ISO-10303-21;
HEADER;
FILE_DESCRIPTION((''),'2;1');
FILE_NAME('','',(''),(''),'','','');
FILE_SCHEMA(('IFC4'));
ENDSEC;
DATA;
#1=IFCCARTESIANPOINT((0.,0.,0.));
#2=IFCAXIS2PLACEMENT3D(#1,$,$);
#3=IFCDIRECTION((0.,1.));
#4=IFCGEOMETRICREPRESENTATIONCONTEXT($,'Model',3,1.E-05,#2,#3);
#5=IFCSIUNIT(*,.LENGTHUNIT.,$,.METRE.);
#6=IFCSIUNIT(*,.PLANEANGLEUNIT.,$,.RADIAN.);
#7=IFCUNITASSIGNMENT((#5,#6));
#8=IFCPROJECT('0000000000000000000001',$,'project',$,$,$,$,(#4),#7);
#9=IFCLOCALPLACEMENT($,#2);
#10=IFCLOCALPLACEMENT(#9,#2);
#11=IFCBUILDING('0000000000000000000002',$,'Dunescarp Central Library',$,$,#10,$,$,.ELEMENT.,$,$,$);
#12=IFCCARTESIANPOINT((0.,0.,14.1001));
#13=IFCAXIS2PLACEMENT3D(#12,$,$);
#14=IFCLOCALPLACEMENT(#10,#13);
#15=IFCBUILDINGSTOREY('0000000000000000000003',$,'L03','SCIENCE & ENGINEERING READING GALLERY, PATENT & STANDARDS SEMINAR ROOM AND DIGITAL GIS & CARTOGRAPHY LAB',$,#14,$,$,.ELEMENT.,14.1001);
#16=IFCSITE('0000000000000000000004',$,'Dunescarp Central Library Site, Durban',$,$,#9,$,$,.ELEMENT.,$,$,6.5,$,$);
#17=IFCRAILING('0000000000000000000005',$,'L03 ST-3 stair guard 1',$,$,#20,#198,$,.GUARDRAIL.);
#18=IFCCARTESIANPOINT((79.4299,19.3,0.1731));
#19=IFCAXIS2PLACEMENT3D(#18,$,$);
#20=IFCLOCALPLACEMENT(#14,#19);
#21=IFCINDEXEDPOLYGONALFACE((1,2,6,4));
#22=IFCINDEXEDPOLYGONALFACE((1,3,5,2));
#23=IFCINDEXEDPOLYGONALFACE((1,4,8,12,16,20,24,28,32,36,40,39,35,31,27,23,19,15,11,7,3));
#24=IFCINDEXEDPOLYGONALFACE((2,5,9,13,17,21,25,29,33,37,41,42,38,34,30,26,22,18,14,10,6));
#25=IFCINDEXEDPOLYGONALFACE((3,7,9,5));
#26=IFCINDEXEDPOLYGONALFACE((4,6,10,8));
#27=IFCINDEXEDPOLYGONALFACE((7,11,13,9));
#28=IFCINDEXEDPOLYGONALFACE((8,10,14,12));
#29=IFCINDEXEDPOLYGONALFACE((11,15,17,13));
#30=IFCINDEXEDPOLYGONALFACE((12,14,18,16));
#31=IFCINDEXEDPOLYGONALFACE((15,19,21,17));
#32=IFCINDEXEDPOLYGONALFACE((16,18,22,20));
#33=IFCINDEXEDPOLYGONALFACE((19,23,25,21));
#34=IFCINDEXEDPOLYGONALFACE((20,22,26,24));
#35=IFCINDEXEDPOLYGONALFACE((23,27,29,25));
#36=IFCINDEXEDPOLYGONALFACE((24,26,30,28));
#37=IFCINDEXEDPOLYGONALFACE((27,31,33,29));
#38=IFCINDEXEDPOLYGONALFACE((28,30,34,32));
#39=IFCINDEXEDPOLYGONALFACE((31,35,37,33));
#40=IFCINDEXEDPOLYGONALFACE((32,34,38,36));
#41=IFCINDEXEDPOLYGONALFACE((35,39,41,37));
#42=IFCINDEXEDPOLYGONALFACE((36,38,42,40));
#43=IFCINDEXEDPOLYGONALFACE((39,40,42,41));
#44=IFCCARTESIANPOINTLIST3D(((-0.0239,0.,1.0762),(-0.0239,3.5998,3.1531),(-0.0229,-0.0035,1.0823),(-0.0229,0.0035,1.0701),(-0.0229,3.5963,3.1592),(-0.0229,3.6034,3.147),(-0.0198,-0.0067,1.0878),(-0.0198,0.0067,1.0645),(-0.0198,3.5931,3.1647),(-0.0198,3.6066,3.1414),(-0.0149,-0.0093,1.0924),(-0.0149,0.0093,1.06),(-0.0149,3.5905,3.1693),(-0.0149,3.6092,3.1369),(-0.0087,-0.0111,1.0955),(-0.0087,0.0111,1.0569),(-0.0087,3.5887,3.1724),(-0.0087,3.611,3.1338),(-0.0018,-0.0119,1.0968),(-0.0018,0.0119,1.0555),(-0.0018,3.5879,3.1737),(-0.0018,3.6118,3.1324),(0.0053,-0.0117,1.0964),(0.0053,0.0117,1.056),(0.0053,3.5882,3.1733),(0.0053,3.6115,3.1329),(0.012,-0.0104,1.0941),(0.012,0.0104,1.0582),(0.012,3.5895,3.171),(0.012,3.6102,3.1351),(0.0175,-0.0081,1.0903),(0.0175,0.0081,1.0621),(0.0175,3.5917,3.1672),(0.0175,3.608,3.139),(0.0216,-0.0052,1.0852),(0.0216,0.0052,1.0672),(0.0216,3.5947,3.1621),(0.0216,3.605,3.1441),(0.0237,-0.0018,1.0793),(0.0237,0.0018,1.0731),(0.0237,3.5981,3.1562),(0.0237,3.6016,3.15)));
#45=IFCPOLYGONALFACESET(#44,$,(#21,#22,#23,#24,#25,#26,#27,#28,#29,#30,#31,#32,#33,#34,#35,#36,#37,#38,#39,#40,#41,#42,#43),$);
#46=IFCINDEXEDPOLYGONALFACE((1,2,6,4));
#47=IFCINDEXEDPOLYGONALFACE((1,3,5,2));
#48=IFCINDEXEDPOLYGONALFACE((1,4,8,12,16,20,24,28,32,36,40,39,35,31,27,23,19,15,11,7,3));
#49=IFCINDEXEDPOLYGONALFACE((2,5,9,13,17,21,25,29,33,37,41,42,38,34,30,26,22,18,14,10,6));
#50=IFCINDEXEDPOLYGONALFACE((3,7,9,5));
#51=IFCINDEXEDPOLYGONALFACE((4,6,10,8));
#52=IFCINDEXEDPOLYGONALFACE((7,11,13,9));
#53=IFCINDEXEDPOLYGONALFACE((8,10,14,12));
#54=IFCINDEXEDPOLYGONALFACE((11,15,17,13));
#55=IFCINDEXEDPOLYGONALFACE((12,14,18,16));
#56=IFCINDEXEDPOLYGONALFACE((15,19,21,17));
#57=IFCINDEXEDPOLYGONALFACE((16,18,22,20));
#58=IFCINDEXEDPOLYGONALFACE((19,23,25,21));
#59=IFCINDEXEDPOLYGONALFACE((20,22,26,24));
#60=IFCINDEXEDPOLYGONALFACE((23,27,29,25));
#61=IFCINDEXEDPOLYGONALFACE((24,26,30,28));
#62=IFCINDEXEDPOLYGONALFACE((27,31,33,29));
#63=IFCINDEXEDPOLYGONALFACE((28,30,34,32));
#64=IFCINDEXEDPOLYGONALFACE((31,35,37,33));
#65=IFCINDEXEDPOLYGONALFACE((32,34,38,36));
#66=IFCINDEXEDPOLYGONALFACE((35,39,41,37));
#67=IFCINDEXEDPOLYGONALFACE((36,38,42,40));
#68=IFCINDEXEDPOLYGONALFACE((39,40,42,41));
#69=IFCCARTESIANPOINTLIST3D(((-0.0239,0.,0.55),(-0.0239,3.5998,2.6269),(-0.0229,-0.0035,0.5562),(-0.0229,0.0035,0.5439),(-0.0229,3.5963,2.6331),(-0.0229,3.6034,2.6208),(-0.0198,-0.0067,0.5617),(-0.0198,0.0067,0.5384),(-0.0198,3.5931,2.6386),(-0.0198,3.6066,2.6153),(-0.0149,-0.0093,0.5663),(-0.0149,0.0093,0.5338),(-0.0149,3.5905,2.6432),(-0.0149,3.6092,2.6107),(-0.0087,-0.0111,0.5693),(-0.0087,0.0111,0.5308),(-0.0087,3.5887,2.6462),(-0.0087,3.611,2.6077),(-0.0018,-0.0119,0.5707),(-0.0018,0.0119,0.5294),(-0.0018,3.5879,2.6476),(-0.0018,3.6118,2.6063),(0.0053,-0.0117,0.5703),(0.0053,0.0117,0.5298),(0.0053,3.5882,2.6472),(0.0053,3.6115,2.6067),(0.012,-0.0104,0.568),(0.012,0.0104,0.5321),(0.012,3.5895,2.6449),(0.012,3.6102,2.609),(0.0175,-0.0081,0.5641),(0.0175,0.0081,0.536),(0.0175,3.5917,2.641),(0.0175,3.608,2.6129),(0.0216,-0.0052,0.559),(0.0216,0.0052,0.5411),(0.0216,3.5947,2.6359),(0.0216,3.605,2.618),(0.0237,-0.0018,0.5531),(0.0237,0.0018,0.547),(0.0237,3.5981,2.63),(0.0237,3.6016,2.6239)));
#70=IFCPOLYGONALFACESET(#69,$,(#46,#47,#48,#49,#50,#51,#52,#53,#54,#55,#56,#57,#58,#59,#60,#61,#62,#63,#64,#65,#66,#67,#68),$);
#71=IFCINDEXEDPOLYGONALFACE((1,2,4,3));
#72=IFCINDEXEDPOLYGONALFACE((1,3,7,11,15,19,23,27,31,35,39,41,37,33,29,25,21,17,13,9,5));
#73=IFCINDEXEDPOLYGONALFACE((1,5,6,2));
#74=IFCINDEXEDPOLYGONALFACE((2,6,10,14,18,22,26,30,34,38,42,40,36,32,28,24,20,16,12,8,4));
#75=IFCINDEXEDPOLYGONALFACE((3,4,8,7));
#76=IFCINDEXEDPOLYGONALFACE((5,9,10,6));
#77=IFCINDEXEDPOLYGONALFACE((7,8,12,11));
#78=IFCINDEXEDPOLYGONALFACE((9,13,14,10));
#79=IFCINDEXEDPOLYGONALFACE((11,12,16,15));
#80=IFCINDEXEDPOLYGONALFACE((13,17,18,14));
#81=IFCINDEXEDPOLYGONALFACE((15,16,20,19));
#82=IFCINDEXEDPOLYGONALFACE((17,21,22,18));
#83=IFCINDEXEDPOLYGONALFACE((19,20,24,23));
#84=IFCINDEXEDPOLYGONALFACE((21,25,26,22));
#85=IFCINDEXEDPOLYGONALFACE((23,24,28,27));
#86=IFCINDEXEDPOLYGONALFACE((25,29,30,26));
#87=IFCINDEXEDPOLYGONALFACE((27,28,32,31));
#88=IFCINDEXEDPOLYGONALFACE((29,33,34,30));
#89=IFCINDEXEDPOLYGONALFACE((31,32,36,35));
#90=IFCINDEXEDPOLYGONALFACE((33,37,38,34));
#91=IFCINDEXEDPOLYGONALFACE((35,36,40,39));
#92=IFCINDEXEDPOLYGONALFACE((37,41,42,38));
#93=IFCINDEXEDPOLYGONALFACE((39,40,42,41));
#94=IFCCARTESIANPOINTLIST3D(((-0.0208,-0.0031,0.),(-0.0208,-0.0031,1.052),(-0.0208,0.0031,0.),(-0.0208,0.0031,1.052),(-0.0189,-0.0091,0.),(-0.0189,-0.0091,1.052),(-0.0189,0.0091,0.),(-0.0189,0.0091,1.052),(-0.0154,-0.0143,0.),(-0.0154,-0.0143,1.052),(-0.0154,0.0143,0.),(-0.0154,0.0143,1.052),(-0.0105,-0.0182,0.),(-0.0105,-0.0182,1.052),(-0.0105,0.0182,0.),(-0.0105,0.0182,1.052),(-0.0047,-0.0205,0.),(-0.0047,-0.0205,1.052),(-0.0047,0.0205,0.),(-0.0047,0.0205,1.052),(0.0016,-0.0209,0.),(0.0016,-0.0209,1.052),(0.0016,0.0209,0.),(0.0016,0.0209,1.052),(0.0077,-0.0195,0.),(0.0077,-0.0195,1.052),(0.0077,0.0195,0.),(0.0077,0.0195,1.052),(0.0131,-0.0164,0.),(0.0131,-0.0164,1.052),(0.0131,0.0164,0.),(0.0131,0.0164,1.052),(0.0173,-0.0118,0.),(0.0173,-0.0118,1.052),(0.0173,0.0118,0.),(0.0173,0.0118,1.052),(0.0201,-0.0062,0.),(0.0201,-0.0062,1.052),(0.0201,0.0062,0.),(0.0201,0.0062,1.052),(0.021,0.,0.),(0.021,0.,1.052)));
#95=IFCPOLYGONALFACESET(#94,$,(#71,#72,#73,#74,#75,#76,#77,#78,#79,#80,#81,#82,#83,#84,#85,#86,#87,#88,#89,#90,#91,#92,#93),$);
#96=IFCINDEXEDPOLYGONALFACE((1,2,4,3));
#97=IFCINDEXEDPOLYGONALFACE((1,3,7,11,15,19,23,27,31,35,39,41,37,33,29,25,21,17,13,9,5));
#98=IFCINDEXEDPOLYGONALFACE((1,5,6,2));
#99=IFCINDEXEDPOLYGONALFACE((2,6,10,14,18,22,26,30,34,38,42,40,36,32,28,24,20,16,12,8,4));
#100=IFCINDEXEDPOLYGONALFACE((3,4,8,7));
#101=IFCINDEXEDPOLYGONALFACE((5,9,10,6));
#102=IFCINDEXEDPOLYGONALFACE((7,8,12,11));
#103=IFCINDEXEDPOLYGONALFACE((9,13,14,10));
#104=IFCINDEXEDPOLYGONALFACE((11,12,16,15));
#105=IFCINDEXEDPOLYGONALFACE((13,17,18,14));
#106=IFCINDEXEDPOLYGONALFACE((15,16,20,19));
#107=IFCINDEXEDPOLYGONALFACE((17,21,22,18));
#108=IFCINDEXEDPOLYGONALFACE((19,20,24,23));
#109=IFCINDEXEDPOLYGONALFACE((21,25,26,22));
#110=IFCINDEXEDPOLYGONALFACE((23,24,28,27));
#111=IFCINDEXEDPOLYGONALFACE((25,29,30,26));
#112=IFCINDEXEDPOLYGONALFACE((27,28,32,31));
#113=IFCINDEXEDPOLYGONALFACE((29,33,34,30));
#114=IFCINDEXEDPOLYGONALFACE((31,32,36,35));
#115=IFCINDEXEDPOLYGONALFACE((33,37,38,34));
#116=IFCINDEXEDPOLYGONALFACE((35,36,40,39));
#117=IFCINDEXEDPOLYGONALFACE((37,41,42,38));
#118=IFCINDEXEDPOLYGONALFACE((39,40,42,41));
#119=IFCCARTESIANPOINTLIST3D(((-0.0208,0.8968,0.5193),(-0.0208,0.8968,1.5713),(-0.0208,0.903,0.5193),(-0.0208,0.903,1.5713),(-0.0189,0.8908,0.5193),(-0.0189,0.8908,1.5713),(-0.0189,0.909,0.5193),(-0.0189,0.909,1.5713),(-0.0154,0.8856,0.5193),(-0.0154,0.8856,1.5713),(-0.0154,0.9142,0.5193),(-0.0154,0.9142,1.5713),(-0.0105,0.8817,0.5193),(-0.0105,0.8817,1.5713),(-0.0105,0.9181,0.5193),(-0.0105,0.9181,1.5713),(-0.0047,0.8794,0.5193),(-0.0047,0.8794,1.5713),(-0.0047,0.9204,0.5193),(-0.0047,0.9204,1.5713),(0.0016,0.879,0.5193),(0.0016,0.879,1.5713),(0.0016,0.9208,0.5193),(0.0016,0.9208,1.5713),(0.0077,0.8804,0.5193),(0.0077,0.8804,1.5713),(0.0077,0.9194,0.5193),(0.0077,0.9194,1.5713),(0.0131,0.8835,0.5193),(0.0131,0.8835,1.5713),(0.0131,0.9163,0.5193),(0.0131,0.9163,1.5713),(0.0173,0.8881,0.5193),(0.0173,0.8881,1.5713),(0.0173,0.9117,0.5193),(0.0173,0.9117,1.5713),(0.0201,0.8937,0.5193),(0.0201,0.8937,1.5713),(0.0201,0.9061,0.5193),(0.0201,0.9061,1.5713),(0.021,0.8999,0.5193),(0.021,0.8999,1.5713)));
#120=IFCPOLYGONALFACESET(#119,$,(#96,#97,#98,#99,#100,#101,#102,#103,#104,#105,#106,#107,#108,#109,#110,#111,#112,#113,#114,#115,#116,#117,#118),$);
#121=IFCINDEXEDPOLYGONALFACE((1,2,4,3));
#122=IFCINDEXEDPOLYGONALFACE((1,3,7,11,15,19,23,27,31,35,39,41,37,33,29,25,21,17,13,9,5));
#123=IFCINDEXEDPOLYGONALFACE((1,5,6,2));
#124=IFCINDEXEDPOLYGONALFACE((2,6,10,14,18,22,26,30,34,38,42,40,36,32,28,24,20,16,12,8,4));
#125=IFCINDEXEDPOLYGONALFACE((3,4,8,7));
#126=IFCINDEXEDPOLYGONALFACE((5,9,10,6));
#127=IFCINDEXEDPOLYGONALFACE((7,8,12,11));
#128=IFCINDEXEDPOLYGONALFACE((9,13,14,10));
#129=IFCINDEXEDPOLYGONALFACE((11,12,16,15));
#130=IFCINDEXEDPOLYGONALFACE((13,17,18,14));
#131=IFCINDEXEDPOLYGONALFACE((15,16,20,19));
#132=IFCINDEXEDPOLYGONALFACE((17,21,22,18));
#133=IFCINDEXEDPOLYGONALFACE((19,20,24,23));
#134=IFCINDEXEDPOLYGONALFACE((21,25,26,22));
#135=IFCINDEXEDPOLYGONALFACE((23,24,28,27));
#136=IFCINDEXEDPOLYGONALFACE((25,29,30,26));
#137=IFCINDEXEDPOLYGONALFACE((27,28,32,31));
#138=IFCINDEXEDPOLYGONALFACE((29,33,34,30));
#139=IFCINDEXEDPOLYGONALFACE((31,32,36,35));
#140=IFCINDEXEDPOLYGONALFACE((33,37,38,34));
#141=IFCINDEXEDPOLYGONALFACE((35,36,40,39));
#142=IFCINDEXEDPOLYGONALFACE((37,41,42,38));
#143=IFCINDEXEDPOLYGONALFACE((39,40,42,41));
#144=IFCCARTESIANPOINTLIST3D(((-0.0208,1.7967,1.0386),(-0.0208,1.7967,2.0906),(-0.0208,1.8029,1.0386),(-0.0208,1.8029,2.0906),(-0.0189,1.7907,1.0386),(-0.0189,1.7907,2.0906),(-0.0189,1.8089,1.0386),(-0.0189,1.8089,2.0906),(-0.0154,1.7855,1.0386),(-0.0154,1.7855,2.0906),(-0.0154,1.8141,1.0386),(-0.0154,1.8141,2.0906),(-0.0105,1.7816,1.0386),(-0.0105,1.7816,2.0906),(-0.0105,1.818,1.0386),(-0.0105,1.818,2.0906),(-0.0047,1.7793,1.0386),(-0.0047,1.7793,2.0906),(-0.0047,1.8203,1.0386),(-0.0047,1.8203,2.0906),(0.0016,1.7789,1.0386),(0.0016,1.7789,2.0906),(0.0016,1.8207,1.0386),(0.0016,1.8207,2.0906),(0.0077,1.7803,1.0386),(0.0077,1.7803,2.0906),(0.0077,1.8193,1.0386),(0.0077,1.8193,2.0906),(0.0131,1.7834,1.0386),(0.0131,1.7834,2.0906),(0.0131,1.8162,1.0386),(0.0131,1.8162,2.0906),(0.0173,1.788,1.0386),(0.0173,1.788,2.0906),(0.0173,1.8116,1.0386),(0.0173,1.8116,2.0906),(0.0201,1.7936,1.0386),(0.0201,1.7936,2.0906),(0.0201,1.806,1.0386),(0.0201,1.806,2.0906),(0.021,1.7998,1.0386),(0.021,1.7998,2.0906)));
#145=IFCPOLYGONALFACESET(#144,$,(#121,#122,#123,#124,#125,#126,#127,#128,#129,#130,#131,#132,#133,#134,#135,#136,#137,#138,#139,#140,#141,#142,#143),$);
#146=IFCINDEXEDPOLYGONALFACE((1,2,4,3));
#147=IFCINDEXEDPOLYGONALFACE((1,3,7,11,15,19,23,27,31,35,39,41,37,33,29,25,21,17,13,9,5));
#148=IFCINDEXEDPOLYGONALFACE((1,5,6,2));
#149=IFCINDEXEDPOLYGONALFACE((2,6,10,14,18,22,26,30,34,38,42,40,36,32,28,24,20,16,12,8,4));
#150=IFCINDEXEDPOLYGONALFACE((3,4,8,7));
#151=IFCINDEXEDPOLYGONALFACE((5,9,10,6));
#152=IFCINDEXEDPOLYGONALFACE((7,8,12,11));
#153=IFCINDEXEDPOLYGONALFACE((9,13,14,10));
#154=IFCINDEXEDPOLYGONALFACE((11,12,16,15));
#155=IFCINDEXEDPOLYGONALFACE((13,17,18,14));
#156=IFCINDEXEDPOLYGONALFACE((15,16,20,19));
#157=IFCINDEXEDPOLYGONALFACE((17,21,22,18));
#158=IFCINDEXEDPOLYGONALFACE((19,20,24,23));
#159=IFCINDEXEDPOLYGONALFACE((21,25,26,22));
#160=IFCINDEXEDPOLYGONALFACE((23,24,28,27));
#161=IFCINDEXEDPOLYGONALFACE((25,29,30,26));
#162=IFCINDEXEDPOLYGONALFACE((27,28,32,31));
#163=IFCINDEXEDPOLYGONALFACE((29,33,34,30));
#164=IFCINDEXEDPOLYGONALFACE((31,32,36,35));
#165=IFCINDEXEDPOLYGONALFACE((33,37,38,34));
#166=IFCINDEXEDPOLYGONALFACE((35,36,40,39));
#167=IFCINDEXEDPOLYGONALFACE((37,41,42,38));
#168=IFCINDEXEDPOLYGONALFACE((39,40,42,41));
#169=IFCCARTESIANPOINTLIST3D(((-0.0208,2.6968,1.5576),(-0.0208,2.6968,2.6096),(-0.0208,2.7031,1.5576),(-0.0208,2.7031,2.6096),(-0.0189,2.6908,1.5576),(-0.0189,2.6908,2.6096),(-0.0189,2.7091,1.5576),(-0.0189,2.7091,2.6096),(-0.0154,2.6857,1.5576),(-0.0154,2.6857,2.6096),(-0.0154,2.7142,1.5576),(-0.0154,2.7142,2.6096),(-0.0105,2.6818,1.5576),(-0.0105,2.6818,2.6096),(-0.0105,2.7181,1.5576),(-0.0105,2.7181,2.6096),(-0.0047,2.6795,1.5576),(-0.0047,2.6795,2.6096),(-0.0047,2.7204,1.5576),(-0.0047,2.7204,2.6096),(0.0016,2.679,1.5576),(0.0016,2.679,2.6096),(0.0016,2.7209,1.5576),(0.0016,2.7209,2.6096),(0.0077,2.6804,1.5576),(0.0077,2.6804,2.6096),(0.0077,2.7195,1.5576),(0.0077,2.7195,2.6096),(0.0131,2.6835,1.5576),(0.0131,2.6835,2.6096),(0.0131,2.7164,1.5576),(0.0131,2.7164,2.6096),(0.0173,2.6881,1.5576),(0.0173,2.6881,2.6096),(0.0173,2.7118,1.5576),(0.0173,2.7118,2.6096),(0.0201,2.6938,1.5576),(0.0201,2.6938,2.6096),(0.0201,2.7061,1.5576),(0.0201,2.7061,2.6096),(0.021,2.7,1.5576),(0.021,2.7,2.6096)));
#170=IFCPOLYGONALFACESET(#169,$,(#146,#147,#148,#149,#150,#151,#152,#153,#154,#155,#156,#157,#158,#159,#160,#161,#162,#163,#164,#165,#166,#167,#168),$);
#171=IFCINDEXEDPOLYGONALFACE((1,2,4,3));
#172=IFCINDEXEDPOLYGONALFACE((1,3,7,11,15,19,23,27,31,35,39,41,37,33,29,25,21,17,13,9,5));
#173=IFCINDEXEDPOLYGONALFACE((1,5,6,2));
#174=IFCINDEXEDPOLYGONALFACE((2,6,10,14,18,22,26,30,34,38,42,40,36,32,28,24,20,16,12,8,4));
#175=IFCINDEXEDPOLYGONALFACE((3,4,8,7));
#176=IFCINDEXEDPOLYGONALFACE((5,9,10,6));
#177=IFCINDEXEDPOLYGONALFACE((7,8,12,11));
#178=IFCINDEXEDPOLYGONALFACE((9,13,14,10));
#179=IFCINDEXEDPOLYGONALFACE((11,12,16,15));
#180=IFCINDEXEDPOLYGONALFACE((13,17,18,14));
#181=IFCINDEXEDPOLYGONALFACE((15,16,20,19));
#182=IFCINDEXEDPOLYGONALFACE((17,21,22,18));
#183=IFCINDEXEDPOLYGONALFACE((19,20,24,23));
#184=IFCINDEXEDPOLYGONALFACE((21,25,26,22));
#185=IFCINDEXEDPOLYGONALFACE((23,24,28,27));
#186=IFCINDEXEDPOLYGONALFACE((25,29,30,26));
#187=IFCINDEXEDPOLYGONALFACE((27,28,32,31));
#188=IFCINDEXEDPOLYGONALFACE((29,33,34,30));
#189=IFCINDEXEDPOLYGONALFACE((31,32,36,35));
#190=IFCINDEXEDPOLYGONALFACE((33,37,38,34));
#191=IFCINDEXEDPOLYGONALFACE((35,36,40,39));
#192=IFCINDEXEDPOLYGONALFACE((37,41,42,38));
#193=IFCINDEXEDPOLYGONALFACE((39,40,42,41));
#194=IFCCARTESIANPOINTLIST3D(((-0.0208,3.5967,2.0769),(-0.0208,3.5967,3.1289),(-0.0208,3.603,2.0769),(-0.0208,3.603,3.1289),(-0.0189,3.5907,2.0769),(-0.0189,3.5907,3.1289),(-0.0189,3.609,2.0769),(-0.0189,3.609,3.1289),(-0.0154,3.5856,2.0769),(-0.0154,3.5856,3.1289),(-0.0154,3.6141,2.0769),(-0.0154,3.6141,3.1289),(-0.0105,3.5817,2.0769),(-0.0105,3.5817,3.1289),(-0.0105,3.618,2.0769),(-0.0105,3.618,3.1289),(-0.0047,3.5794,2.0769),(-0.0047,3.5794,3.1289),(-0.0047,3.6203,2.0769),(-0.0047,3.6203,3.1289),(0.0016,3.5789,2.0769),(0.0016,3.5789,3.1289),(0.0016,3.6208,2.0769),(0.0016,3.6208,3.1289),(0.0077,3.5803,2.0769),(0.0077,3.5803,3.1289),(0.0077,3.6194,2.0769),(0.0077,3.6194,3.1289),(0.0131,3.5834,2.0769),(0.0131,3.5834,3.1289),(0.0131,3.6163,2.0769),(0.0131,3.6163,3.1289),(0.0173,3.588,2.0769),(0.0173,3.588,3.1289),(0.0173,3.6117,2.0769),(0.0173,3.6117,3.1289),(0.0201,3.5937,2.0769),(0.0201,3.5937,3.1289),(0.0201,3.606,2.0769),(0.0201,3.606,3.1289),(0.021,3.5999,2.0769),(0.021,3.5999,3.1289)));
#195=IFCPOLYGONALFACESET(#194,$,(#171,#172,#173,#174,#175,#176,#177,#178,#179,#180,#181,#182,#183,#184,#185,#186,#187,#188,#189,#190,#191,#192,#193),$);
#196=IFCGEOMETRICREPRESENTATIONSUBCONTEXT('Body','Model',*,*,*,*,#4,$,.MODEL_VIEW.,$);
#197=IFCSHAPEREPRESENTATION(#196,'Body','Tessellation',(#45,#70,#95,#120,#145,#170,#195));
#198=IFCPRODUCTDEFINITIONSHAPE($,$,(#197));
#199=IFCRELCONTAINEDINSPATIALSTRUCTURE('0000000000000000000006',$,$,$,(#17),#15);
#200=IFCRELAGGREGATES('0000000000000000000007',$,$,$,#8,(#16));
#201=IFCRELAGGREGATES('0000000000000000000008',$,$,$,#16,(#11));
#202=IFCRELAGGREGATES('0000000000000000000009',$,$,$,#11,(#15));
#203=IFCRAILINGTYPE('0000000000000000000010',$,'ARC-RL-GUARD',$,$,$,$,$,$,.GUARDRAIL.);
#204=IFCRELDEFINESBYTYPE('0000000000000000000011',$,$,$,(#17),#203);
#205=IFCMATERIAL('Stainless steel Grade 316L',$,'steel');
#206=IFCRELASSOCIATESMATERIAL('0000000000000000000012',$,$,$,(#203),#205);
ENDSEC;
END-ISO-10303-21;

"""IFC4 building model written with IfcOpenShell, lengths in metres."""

from ifc_helpers import new_model, si_unit, direction, frame, origin, origin_2d, place, context, subcontext, project, spatial, circle, extrude, material, type_object, element, save


model = new_model("IFC4")

# Units and contexts
model_context = context("Model", 3, precision=1e-05, world=origin(), true_north=direction((0.0, 1.0)))
body_context = subcontext(model_context, "Body", "Model", "MODEL_VIEW")
ifc_project = project(units=[si_unit("LENGTHUNIT", "METRE"), si_unit("PLANEANGLEUNIT", "RADIAN")], contexts=[model_context])

# Site, building, storey
site_placement = place(None, origin())
site = spatial("IfcSite", under=ifc_project, at=site_placement, Name="Dunescarp Central Library Site, Durban", CompositionType="ELEMENT", RefElevation=6.5)
building_placement = place(site_placement, origin())
building = spatial("IfcBuilding", under=site, at=building_placement, Name="Dunescarp Central Library", CompositionType="ELEMENT")
storey_placement = place(building_placement, frame((0.0, 0.0, 14.1001)))
storey = spatial("IfcBuildingStorey", under=building, at=storey_placement, Name="L03", Description="SCIENCE & ENGINEERING READING GALLERY, PATENT & STANDARDS SEMINAR ROOM AND DIGITAL GIS & CARTOGRAPHY LAB", CompositionType="ELEMENT", Elevation=14.1001)

# Railing
ifc_material_1 = material(Name="Stainless steel Grade 316L", Category="steel")
railing_type_1 = type_object("IfcRailingType", Name="ARC-RL-GUARD", PredefinedType="GUARDRAIL", material=ifc_material_1)
railing_1_placement = place(storey_placement, frame((79.4299, 19.3, 0.1731)))
element("IfcRailing", 1, at=railing_1_placement, inside=storey, type_object=railing_type_1, Name="L03 ST-3 stair guard 1", PredefinedType="GUARDRAIL", context=body_context, shape_type="SweptSolid", body=[
    extrude(circle(Radius=0.0239, at=origin_2d()), frame((0.0, 0.0, 1.0762), z_axis=(0.0, 0.866179, 0.499734), x_axis=(-1.0, 0.0, 0.0)), (0.0, 0.0, 1.0), 4.156),
    extrude(circle(Radius=0.0239, at=origin_2d()), frame((0.0, 0.0, 0.55), z_axis=(0.0, 0.866179, 0.499734), x_axis=(-1.0, 0.0, 0.0)), (0.0, 0.0, 1.0), 4.156),
    extrude(circle(Radius=0.021, at=origin_2d()), origin(), (0.0, 0.0, 1.0), 1.052),
    extrude(circle(Radius=0.021, at=origin_2d()), frame((0.0, 0.8999, 0.5193)), (0.0, 0.0, 1.0), 1.052),
    extrude(circle(Radius=0.021, at=origin_2d()), frame((0.0, 1.7998, 1.0386)), (0.0, 0.0, 1.0), 1.052),
    extrude(circle(Radius=0.021, at=origin_2d()), frame((0.0, 2.7, 1.5576)), (0.0, 0.0, 1.0), 1.052),
    extrude(circle(Radius=0.021, at=origin_2d()), frame((0.0, 3.5999, 2.0769)), (0.0, 0.0, 1.0), 1.052),
])

save(model, "model.ifc")
